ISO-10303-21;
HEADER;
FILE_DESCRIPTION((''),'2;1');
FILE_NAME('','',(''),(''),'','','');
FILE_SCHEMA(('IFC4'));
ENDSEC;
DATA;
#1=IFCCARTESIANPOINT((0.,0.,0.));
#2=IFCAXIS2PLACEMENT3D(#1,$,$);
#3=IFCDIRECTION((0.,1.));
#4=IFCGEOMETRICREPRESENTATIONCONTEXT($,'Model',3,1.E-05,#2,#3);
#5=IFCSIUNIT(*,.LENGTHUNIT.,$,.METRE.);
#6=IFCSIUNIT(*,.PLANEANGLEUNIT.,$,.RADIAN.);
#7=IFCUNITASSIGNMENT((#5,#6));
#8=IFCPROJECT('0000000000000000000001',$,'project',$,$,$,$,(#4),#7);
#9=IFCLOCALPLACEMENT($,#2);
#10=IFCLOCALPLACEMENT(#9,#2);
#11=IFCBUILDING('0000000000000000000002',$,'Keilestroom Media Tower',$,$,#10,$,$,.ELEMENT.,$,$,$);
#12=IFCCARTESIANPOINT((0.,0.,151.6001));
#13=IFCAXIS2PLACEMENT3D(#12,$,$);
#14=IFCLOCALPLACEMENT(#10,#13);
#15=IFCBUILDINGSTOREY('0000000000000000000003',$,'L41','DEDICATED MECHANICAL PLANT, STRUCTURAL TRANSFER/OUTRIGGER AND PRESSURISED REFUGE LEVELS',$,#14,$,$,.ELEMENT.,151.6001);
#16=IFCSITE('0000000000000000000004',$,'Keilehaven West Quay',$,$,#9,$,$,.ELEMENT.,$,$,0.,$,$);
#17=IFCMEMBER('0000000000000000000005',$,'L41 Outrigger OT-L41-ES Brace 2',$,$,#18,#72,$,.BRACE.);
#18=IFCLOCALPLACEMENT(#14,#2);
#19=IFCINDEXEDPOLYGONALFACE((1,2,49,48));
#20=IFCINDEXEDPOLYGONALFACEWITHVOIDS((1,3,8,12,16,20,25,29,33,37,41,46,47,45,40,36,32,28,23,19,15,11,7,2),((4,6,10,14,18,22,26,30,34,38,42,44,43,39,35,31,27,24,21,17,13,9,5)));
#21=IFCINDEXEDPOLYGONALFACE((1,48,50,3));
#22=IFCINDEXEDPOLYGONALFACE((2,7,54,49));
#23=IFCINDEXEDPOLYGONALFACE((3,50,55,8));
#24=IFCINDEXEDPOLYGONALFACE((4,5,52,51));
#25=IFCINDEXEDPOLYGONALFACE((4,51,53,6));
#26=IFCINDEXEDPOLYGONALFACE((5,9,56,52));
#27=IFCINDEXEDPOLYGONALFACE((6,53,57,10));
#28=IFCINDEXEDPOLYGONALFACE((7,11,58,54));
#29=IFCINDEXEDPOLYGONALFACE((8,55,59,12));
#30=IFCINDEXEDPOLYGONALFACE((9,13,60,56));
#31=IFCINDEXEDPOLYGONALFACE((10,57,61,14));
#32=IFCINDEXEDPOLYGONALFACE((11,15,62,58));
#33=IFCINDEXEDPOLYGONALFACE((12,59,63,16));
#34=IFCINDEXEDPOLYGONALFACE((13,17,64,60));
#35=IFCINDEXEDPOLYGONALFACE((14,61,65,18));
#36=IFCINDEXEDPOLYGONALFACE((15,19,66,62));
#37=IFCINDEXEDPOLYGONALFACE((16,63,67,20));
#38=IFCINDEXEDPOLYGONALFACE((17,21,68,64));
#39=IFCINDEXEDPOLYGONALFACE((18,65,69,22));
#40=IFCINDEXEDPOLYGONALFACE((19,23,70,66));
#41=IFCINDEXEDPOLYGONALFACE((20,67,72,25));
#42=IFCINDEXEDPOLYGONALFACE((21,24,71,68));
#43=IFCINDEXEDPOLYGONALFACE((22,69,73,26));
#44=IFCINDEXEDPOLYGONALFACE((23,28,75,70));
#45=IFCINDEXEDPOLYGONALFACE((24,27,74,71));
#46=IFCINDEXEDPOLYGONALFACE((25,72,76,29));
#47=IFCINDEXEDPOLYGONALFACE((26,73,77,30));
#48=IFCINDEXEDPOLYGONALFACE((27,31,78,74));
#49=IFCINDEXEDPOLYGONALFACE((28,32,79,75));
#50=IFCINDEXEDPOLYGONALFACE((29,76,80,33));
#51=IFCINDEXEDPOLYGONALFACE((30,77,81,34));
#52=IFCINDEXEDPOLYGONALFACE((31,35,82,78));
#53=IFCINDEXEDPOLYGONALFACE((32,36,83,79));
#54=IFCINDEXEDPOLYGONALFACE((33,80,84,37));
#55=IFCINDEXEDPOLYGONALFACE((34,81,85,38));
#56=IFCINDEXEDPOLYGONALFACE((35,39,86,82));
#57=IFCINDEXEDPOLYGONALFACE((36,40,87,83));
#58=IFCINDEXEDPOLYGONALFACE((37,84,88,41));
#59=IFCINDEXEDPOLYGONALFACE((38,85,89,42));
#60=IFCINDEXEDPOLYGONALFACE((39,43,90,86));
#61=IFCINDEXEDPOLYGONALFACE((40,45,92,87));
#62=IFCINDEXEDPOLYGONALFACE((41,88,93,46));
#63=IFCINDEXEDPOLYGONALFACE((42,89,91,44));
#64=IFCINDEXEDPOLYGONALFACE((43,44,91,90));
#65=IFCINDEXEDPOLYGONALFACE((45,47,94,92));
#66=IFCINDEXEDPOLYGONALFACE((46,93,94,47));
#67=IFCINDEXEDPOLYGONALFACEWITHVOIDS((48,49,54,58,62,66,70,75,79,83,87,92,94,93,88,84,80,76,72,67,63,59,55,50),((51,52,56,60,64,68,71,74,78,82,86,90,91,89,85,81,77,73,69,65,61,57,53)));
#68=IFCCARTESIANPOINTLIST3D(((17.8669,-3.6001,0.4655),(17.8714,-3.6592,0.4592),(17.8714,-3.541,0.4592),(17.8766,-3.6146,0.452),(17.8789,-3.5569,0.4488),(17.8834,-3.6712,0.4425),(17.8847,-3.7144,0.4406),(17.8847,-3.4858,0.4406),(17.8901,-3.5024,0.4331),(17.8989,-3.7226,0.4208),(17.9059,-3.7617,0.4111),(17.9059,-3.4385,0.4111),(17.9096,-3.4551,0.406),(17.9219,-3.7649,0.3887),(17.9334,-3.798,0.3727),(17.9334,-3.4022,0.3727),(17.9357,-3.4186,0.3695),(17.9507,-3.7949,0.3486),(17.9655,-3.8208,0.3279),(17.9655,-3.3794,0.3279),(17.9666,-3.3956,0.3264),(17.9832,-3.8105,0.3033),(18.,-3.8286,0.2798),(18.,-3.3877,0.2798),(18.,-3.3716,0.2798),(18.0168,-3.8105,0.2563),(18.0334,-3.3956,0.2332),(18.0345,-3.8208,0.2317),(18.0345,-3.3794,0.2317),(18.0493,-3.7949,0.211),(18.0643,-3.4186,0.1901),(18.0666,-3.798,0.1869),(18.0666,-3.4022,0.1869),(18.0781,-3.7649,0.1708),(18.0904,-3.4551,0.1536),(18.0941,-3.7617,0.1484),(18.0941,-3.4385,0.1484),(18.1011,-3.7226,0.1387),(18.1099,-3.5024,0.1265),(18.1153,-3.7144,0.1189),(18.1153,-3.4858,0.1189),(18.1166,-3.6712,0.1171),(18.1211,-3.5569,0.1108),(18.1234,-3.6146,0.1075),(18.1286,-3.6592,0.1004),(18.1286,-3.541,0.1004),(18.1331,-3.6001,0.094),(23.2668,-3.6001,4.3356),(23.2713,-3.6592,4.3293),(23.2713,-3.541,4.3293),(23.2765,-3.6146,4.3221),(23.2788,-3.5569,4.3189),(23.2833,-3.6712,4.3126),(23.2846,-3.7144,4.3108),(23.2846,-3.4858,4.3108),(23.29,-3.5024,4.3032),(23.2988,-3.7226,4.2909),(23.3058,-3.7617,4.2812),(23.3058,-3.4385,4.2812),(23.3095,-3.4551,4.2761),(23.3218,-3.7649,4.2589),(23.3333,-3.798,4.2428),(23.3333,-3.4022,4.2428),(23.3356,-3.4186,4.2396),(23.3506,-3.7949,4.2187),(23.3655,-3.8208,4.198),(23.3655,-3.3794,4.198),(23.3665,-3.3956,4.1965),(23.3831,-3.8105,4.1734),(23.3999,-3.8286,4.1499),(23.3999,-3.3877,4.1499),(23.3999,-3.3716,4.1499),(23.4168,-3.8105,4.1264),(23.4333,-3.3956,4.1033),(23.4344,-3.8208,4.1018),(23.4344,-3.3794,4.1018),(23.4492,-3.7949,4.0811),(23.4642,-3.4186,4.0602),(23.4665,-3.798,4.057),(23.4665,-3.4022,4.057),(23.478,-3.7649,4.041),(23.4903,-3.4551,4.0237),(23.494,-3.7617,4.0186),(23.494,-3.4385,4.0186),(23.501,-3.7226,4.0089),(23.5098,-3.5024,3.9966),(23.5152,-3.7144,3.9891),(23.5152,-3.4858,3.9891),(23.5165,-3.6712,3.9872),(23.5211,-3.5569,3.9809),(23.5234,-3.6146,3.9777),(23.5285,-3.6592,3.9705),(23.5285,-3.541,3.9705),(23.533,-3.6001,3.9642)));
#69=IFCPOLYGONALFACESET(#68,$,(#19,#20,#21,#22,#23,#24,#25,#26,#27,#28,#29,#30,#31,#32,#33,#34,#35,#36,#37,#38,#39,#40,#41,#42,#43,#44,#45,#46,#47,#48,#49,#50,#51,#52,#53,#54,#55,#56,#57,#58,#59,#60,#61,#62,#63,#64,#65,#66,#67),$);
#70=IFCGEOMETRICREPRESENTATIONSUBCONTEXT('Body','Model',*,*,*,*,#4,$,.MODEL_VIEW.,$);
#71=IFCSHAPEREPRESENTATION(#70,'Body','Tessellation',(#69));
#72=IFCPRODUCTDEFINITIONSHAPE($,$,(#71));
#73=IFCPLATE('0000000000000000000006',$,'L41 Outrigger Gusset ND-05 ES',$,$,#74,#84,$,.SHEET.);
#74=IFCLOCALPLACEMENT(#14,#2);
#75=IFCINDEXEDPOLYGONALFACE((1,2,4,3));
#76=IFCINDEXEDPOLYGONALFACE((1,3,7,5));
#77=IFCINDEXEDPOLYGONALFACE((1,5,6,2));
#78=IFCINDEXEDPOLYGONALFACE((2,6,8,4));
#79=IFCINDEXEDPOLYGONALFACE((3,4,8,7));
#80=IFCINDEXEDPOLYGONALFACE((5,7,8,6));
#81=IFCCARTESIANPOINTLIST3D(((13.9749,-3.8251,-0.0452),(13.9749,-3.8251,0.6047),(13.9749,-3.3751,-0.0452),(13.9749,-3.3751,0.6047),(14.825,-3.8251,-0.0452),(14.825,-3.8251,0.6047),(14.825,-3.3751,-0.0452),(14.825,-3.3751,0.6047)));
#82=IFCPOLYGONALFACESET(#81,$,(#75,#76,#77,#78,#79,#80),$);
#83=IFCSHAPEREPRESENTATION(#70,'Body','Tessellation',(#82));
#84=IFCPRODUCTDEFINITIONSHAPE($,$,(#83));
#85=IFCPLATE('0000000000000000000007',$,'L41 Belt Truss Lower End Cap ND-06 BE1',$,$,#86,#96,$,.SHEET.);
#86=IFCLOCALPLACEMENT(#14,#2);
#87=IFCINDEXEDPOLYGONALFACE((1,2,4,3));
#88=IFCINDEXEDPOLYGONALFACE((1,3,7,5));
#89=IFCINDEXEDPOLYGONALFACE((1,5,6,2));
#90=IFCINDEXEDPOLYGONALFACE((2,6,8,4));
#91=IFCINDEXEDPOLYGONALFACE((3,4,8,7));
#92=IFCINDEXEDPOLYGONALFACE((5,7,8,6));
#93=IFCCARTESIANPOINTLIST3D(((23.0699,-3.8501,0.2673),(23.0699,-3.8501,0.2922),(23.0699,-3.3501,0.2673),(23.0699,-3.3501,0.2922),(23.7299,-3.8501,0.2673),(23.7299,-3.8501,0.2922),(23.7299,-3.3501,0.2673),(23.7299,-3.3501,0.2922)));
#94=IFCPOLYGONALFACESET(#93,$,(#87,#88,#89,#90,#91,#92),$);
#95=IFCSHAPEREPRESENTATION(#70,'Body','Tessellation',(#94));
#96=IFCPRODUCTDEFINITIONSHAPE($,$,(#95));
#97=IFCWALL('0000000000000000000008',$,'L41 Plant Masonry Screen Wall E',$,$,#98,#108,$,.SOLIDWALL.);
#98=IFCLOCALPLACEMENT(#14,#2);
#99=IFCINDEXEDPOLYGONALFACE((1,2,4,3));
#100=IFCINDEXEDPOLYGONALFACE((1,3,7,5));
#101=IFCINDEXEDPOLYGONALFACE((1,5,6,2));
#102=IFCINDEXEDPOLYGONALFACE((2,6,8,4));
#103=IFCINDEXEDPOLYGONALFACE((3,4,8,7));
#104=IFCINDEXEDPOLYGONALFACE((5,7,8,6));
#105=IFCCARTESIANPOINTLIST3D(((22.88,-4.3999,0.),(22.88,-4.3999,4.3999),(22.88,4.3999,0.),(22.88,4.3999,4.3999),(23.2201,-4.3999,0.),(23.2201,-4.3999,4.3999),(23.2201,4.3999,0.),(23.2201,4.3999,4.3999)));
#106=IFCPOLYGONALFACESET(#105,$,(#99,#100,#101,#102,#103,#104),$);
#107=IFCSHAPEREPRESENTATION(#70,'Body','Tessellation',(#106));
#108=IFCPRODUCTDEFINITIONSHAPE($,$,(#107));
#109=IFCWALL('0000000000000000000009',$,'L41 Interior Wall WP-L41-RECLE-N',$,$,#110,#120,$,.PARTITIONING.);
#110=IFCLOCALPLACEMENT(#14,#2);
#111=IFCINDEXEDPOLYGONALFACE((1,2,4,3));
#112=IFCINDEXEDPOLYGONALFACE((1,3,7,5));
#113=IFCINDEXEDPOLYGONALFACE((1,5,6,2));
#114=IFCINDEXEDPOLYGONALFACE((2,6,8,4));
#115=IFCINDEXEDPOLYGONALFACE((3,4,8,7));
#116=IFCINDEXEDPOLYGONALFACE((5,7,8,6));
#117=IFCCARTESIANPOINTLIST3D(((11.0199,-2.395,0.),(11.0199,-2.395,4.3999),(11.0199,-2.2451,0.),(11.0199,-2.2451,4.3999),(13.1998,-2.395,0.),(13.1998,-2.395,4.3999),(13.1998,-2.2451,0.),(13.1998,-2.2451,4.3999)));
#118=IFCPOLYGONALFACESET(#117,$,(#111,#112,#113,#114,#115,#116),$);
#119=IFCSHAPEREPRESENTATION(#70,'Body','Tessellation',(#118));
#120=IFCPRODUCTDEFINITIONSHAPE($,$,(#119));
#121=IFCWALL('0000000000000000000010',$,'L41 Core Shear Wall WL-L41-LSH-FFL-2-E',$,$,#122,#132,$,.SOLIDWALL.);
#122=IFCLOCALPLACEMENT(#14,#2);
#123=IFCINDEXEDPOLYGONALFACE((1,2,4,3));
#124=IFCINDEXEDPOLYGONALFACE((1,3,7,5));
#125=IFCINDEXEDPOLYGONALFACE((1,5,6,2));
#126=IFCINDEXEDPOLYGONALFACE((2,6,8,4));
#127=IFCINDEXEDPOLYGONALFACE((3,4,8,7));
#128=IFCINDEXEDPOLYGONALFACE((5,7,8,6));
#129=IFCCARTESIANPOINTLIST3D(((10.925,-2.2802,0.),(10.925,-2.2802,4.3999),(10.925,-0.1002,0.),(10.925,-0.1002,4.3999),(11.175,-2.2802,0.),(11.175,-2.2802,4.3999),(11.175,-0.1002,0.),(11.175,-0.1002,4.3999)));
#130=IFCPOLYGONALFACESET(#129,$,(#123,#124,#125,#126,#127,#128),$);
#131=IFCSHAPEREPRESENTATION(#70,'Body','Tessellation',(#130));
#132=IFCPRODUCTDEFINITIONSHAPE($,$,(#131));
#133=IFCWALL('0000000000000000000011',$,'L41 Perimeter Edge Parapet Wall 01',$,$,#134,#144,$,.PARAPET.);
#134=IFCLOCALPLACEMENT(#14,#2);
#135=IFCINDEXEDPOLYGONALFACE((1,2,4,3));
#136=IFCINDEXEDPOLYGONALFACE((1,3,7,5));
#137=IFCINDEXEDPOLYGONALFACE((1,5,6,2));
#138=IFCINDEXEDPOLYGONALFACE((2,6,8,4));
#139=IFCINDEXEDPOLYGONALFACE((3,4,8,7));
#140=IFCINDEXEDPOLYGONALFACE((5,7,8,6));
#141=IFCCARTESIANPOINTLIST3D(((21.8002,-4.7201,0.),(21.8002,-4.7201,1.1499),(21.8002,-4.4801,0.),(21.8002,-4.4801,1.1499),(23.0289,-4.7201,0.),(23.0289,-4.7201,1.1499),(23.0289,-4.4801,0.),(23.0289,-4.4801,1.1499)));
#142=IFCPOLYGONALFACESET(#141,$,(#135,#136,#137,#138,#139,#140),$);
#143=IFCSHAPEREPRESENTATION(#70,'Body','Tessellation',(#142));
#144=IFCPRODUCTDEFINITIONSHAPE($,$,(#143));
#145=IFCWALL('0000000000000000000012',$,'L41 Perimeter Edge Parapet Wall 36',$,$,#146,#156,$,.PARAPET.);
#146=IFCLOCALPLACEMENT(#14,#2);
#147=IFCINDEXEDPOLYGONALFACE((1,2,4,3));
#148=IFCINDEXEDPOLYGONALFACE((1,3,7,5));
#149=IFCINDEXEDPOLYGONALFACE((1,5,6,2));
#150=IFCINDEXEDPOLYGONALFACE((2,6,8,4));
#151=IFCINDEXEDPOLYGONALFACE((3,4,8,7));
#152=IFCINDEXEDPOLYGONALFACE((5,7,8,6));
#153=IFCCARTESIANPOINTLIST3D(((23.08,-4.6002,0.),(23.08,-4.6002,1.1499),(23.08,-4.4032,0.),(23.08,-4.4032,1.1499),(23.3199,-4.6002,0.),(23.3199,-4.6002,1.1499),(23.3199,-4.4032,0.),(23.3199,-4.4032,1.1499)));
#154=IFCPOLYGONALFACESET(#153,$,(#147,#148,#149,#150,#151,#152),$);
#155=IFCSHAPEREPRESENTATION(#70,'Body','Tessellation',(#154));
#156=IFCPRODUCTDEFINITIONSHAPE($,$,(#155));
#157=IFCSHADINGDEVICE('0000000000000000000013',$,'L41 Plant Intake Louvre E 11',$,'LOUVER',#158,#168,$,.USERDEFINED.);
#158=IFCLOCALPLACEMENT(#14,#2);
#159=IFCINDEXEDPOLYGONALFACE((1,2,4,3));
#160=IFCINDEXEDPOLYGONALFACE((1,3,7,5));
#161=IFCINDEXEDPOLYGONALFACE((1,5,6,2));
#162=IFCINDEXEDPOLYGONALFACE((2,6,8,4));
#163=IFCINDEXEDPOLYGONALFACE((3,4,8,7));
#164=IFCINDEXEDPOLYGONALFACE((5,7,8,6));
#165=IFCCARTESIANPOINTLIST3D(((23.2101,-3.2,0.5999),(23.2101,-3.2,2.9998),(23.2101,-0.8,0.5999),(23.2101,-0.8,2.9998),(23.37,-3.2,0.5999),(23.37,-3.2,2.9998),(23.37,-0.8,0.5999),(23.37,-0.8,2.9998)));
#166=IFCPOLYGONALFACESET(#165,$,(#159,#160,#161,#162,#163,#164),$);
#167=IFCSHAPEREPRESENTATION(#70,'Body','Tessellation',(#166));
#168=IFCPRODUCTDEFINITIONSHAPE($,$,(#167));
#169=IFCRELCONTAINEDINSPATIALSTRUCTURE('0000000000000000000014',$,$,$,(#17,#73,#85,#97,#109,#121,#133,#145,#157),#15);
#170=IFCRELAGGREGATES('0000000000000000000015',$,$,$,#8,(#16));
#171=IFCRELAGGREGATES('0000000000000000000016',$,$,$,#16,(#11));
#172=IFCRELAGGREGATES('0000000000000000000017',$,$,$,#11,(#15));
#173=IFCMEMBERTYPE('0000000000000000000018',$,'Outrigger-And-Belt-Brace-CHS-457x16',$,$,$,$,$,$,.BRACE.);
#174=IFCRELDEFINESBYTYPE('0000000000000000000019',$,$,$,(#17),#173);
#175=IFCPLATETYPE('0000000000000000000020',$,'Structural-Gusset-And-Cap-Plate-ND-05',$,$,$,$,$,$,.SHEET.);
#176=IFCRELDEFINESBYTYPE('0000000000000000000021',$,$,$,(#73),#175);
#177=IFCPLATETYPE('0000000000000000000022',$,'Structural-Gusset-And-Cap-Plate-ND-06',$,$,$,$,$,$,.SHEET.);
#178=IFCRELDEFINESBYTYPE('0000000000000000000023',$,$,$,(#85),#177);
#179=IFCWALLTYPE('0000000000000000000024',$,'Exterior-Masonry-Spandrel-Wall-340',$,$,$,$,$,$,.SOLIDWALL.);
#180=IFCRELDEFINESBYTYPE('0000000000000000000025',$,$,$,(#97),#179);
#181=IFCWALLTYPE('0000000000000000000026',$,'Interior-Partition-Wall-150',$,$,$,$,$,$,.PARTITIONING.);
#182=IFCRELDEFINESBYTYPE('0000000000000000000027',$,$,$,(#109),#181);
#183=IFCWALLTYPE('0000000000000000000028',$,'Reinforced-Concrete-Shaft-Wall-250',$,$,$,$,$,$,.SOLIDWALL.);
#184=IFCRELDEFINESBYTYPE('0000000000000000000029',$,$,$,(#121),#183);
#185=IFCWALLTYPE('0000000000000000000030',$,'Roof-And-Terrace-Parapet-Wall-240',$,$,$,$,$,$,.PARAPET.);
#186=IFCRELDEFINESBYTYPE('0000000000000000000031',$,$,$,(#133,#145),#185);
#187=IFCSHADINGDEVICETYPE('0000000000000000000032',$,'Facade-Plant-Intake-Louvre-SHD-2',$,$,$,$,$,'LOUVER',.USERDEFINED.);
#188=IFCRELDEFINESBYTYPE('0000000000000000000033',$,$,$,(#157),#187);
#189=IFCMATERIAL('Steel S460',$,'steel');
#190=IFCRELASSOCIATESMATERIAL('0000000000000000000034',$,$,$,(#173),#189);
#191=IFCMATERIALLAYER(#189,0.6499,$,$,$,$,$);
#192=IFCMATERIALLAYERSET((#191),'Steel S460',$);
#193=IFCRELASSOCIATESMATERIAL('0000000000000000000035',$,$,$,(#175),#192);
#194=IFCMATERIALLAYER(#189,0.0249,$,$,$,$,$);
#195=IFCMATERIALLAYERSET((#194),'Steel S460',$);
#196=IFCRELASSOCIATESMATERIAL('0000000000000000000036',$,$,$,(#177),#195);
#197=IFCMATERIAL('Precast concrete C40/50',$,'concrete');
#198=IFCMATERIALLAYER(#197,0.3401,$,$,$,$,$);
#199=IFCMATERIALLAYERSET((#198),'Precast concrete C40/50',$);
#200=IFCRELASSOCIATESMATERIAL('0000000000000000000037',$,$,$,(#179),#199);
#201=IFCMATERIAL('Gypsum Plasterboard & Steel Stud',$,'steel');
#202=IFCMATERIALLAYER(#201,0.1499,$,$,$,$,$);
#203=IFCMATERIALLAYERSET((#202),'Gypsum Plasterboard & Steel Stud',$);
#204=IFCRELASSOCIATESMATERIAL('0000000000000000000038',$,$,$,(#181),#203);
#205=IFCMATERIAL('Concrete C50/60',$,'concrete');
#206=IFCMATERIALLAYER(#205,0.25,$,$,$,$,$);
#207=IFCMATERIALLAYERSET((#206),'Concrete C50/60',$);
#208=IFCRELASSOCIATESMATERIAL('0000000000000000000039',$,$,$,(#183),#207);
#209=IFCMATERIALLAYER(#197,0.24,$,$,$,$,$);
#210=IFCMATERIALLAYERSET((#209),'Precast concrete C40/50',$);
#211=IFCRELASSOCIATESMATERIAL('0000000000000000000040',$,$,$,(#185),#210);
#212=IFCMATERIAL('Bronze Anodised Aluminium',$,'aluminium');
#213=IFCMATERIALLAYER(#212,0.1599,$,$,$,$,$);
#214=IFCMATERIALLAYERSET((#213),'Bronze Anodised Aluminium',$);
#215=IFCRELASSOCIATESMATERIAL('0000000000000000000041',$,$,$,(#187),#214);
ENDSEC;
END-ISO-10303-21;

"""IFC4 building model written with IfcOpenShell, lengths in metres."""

from ifc_helpers import new_model, si_unit, direction, frame, frame_2d, origin, origin_2d, place, context, subcontext, project, spatial, rectangle, hollow_circle, extrude, source, transform, mapped, material, layer, layer_set, material_profile, profile_set, type_object, element, save


model = new_model("IFC4")

# Units and contexts
model_context = context("Model", 3, precision=1e-05, world=origin(), true_north=direction((0.0, 1.0)))
body_context = subcontext(model_context, "Body", "Model", "MODEL_VIEW")
ifc_project = project(units=[si_unit("LENGTHUNIT", "METRE"), si_unit("PLANEANGLEUNIT", "RADIAN")], contexts=[model_context])

# Site, building, storey
site_placement = place(None, origin())
site = spatial("IfcSite", under=ifc_project, at=site_placement, Name="Keilehaven West Quay", CompositionType="ELEMENT", RefElevation=0.0)
building_placement = place(site_placement, origin())
building = spatial("IfcBuilding", under=site, at=building_placement, Name="Keilestroom Media Tower", CompositionType="ELEMENT")
storey_placement = place(building_placement, frame((0.0, 0.0, 151.6001)))
storey = spatial("IfcBuildingStorey", under=building, at=storey_placement, Name="L41", Description="DEDICATED MECHANICAL PLANT, STRUCTURAL TRANSFER/OUTRIGGER AND PRESSURISED REFUGE LEVELS", CompositionType="ELEMENT", Elevation=151.6001)

# Shared definitions
ifc_material_1 = material(Name="Precast concrete C40/50", Category="concrete")

# Member
ifc_material_2 = material(Name="Steel S460", Category="steel")
ifc_material_profile_1 = material_profile(ifc_material_2, hollow_circle(Radius=0.2285, WallThickness=0.0161, at=origin_2d()), Name="CHS 457x16")
ifc_profile_set_1 = profile_set([ifc_material_profile_1], Name="Steel S460")
member_type_1 = type_object("IfcMemberType", Name="Outrigger-And-Belt-Brace-CHS-457x16", PredefinedType="BRACE", material=ifc_profile_set_1)
shared_shape_1 = source(origin(), body_context, "Body", "SweptSolid", [
    extrude(hollow_circle(Radius=0.2285, WallThickness=0.0161, at=origin_2d()), origin(), (0.0, 0.0, 1.0), 6.6436),
])
member_1_placement = place(storey_placement, frame((18.0, -3.6001, 0.2798), z_axis=(0.812804, 0.0, 0.582538), x_axis=(0.0, 1.0, 0.0)))
element("IfcMember", 1, at=member_1_placement, inside=storey, type_object=member_type_1, Name="L41 Outrigger OT-L41-ES Brace 2", PredefinedType="BRACE", context=body_context, shape_type="MappedRepresentation", body=[
    mapped(shared_shape_1, transform((0.0, 0.0, 0.0), x_axis=(1.0, 0.0, 0.0), y_axis=(0.0, 1.0, 0.0), z_axis=(0.0, 0.0, 1.0), scale=1.0)),
])

# Plates
ifc_layer_1 = layer(ifc_material_2, 0.6499)
ifc_layer_set_1 = layer_set([ifc_layer_1], Name="Steel S460")
plate_type_1 = type_object("IfcPlateType", Name="Structural-Gusset-And-Cap-Plate-ND-05", PredefinedType="SHEET", material=ifc_layer_set_1)
shared_shape_2 = source(origin(), body_context, "Body", "SweptSolid", [
    extrude(rectangle(XDim=0.8501, YDim=0.45, at=origin_2d()), origin(), (0.0, 0.0, 1.0), 0.6499),
])
plate_1_placement = place(storey_placement, frame((14.3999, -3.6001, -0.0452), z_axis=(0.0, 0.0, 1.0), x_axis=(1.0, 0.0, 0.0)))
element("IfcPlate", 2, at=plate_1_placement, inside=storey, type_object=plate_type_1, Name="L41 Outrigger Gusset ND-05 ES", PredefinedType="SHEET", context=body_context, shape_type="MappedRepresentation", body=[
    mapped(shared_shape_2, transform((0.0, 0.0, 0.0), x_axis=(1.0, 0.0, 0.0), y_axis=(0.0, 1.0, 0.0), z_axis=(0.0, 0.0, 1.0), scale=1.0)),
])
ifc_layer_2 = layer(ifc_material_2, 0.0249)
ifc_layer_set_2 = layer_set([ifc_layer_2], Name="Steel S460")
plate_type_2 = type_object("IfcPlateType", Name="Structural-Gusset-And-Cap-Plate-ND-06", PredefinedType="SHEET", material=ifc_layer_set_2)
shared_shape_3 = source(origin(), body_context, "Body", "SweptSolid", [
    extrude(rectangle(XDim=0.6599, YDim=0.5, at=origin_2d()), origin(), (0.0, 0.0, 1.0), 0.0249),
])
plate_2_placement = place(storey_placement, frame((23.3999, -3.6001, 0.2673), z_axis=(0.0, 0.0, 1.0), x_axis=(1.0, 0.0, 0.0)))
element("IfcPlate", 3, at=plate_2_placement, inside=storey, type_object=plate_type_2, Name="L41 Belt Truss Lower End Cap ND-06 BE1", PredefinedType="SHEET", context=body_context, shape_type="MappedRepresentation", body=[
    mapped(shared_shape_3, transform((0.0, 0.0, 0.0), x_axis=(1.0, 0.0, 0.0), y_axis=(0.0, 1.0, 0.0), z_axis=(0.0, 0.0, 1.0), scale=1.0)),
])

# Walls
ifc_layer_3 = layer(ifc_material_1, 0.3401)
ifc_layer_set_3 = layer_set([ifc_layer_3], Name="Precast concrete C40/50")
wall_type_1 = type_object("IfcWallType", Name="Exterior-Masonry-Spandrel-Wall-340", PredefinedType="SOLIDWALL", material=ifc_layer_set_3)
wall_1_placement = place(storey_placement, frame((23.05, -4.3999, 0.0), z_axis=(0.0, 0.0, 1.0), x_axis=(0.0, 1.0, 0.0)))
element("IfcWall", 4, at=wall_1_placement, inside=storey, type_object=wall_type_1, Name="L41 Plant Masonry Screen Wall E", PredefinedType="SOLIDWALL", context=body_context, shape_type="SweptSolid", body=[
    extrude(rectangle(XDim=8.7998, YDim=0.3401, at=frame_2d((4.3999, 0.0))), origin(), (0.0, 0.0, 1.0), 4.3999),
])
ifc_material_3 = material(Name="Gypsum Plasterboard & Steel Stud", Category="steel")
ifc_layer_4 = layer(ifc_material_3, 0.1499)
ifc_layer_set_4 = layer_set([ifc_layer_4], Name="Gypsum Plasterboard & Steel Stud")
wall_type_2 = type_object("IfcWallType", Name="Interior-Partition-Wall-150", PredefinedType="PARTITIONING", material=ifc_layer_set_4)
wall_2_placement = place(storey_placement, frame((11.02, -2.3201, 0.0), z_axis=(0.0, 0.0, 1.0), x_axis=(1.0, 0.0, 0.0)))
element("IfcWall", 5, at=wall_2_placement, inside=storey, type_object=wall_type_2, Name="L41 Interior Wall WP-L41-RECLE-N", PredefinedType="PARTITIONING", context=body_context, shape_type="SweptSolid", body=[
    extrude(rectangle(XDim=2.1799, YDim=0.1499, at=frame_2d((1.0898, 0.0))), origin(), (0.0, 0.0, 1.0), 4.3999),
])
ifc_material_4 = material(Name="Concrete C50/60", Category="concrete")
ifc_layer_5 = layer(ifc_material_4, 0.25)
ifc_layer_set_5 = layer_set([ifc_layer_5], Name="Concrete C50/60")
wall_type_3 = type_object("IfcWallType", Name="Reinforced-Concrete-Shaft-Wall-250", PredefinedType="SOLIDWALL", material=ifc_layer_set_5)
wall_3_placement = place(storey_placement, frame((11.05, -2.28, 0.0), z_axis=(0.0, 0.0, 1.0), x_axis=(0.0, 1.0, 0.0)))
element("IfcWall", 6, at=wall_3_placement, inside=storey, type_object=wall_type_3, Name="L41 Core Shear Wall WL-L41-LSH-FFL-2-E", PredefinedType="SOLIDWALL", context=body_context, shape_type="SweptSolid", body=[
    extrude(rectangle(XDim=2.1799, YDim=0.25, at=frame_2d((1.0898, 0.0))), origin(), (0.0, 0.0, 1.0), 4.3999),
])
ifc_layer_6 = layer(ifc_material_1, 0.24)
ifc_layer_set_6 = layer_set([ifc_layer_6], Name="Precast concrete C40/50")
wall_type_4 = type_object("IfcWallType", Name="Roof-And-Terrace-Parapet-Wall-240", PredefinedType="PARAPET", material=ifc_layer_set_6)
wall_4_placement = place(storey_placement, frame((23.0288, -4.6001, 0.0), z_axis=(0.0, 0.0, 1.0), x_axis=(-1.0, 0.0, 0.0)))
element("IfcWall", 7, at=wall_4_placement, inside=storey, type_object=wall_type_4, Name="L41 Perimeter Edge Parapet Wall 01", PredefinedType="PARAPET", context=body_context, shape_type="SweptSolid", body=[
    extrude(rectangle(XDim=1.2288, YDim=0.24, at=frame_2d((0.6143, 0.0))), origin(), (0.0, 0.0, 1.0), 1.1499),
])
wall_5_placement = place(storey_placement, frame((23.2, -4.4031, 0.0), z_axis=(0.0, 0.0, 1.0), x_axis=(0.0, -1.0, 0.0)))
element("IfcWall", 8, at=wall_5_placement, inside=storey, type_object=wall_type_4, Name="L41 Perimeter Edge Parapet Wall 36", PredefinedType="PARAPET", context=body_context, shape_type="SweptSolid", body=[
    extrude(rectangle(XDim=0.197, YDim=0.24, at=frame_2d((0.0986, 0.0))), origin(), (0.0, 0.0, 1.0), 1.1499),
])

# Shading device
ifc_material_5 = material(Name="Bronze Anodised Aluminium", Category="aluminium")
ifc_layer_7 = layer(ifc_material_5, 0.1599)
ifc_layer_set_7 = layer_set([ifc_layer_7], Name="Bronze Anodised Aluminium")
shading_device_type = type_object("IfcShadingDeviceType", Name="Facade-Plant-Intake-Louvre-SHD-2", ElementType="LOUVER", PredefinedType="USERDEFINED", material=ifc_layer_set_7)
shared_shape_4 = source(origin(), body_context, "Body", "SweptSolid", [
    extrude(rectangle(XDim=0.1599, YDim=2.3999, at=origin_2d()), origin(), (0.0, 0.0, 1.0), 2.3999),
])
shading_device_placement = place(storey_placement, frame((23.29, -2.0, 0.5999), z_axis=(0.0, 0.0, 1.0), x_axis=(1.0, 0.0, 0.0)))
element("IfcShadingDevice", 9, at=shading_device_placement, inside=storey, type_object=shading_device_type, Name="L41 Plant Intake Louvre E 11", ObjectType="LOUVER", PredefinedType="USERDEFINED", context=body_context, shape_type="MappedRepresentation", body=[
    mapped(shared_shape_4, transform((0.0, 0.0, 0.0), x_axis=(1.0, 0.0, 0.0), y_axis=(0.0, 1.0, 0.0), z_axis=(0.0, 0.0, 1.0), scale=1.0)),
])

save(model, "model.ifc")
